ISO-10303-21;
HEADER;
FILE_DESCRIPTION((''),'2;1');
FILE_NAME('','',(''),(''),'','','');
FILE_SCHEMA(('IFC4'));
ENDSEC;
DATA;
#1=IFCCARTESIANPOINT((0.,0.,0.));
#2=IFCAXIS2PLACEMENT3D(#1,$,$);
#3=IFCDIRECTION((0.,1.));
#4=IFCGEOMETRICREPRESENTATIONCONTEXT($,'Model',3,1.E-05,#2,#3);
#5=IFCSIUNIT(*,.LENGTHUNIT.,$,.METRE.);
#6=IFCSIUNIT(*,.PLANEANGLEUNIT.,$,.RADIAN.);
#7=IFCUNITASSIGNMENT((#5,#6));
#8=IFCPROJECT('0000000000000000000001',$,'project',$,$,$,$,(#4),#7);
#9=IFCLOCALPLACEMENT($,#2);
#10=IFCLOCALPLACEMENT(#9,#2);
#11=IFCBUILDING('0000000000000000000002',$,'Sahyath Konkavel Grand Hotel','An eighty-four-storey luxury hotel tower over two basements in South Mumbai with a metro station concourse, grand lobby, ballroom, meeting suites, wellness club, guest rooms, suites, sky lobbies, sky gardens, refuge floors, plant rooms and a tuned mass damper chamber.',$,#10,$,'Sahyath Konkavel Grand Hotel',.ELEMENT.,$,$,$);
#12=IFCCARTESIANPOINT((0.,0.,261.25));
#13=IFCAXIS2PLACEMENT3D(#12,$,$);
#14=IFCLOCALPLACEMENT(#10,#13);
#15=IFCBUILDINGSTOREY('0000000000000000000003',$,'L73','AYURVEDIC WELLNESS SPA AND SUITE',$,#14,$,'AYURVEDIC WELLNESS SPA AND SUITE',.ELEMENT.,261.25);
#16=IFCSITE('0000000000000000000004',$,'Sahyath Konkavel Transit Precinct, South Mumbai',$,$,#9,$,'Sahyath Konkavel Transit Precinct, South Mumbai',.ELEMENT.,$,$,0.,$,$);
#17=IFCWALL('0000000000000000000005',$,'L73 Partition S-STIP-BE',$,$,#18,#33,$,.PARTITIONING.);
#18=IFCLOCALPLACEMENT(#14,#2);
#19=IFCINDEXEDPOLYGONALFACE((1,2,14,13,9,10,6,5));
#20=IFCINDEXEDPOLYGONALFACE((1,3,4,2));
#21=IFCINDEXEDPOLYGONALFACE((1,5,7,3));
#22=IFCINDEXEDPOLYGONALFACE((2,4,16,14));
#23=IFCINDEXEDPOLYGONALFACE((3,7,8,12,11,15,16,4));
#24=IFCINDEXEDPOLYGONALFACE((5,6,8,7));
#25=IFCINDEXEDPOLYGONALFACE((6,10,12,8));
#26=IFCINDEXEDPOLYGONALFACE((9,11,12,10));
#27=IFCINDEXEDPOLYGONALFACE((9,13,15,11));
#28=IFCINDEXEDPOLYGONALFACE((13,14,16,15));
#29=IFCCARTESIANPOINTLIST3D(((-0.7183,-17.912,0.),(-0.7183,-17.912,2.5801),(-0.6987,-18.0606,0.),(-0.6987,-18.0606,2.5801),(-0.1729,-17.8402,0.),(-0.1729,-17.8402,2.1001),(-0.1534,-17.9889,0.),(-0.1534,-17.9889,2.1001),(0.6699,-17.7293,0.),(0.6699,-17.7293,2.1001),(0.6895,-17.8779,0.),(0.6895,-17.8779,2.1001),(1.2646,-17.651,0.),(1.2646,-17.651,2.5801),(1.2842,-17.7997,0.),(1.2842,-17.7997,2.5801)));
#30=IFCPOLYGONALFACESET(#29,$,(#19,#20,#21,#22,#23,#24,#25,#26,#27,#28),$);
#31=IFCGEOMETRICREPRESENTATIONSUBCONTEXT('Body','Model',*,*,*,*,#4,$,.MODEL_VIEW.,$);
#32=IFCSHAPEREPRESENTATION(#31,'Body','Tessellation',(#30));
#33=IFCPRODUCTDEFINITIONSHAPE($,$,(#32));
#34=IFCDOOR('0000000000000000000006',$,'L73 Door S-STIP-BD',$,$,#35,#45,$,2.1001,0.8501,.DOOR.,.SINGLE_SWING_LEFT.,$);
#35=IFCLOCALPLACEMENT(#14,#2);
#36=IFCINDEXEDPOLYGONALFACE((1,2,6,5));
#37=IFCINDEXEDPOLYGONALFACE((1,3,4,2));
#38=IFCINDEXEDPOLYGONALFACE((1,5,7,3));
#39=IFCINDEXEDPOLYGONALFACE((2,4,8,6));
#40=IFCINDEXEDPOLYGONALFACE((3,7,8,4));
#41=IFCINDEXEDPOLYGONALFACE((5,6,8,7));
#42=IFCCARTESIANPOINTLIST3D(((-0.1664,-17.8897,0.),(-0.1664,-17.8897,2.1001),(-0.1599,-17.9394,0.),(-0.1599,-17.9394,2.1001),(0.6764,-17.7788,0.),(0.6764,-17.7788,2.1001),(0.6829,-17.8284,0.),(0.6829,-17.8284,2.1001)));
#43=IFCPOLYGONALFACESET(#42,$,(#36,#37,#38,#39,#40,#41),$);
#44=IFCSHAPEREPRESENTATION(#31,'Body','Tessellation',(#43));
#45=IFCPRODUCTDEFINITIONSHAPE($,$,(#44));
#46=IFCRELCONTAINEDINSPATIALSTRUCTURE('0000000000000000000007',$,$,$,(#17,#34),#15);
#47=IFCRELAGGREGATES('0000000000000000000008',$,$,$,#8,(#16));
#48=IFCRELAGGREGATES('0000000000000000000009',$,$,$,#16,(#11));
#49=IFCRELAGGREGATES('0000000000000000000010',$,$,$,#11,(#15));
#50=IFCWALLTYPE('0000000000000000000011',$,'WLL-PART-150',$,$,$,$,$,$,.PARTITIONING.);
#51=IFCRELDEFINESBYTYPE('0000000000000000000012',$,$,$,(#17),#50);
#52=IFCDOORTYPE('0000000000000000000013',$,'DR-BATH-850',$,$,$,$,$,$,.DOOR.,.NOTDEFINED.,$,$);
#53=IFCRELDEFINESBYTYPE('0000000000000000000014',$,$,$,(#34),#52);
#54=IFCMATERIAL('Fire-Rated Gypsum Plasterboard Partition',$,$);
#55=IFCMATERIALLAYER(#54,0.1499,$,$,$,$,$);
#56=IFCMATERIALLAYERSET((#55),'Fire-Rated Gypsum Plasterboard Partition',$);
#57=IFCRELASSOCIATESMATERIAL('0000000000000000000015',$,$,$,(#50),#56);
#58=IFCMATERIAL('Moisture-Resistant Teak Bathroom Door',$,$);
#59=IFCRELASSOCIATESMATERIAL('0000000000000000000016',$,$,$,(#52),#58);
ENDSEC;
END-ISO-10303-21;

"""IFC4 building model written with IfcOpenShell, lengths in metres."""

from ifc_helpers import new_model, si_unit, direction, frame, frame_2d, origin, origin_2d, place, context, subcontext, project, spatial, rectangle, extrude, source, transform, mapped, material, layer, layer_set, type_object, element, fill, save


model = new_model("IFC4")

# Units and contexts
model_context = context("Model", 3, precision=1e-05, world=origin(), true_north=direction((0.0, 1.0)))
body_context = subcontext(model_context, "Body", "Model", "MODEL_VIEW")
ifc_project = project(units=[si_unit("LENGTHUNIT", "METRE"), si_unit("PLANEANGLEUNIT", "RADIAN")], contexts=[model_context])

# Site, building, storey
site_placement = place(None, origin())
site = spatial("IfcSite", under=ifc_project, at=site_placement, Name="Sahyath Konkavel Transit Precinct, South Mumbai", LongName="Sahyath Konkavel Transit Precinct, South Mumbai", CompositionType="ELEMENT", RefElevation=0.0)
building_placement = place(site_placement, origin())
building = spatial("IfcBuilding", under=site, at=building_placement, Name="Sahyath Konkavel Grand Hotel", Description="An eighty-four-storey luxury hotel tower over two basements in South Mumbai with a metro station concourse, grand lobby, ballroom, meeting suites, wellness club, guest rooms, suites, sky lobbies, sky gardens, refuge floors, plant rooms and a tuned mass damper chamber.", LongName="Sahyath Konkavel Grand Hotel", CompositionType="ELEMENT")
storey_placement = place(building_placement, frame((0.0, 0.0, 261.25)))
storey = spatial("IfcBuildingStorey", under=building, at=storey_placement, Name="L73", Description="AYURVEDIC WELLNESS SPA AND SUITE", LongName="AYURVEDIC WELLNESS SPA AND SUITE", CompositionType="ELEMENT", Elevation=261.25)

# Shared definitions
shared_shape_1 = source(origin(), body_context, "Body", "SweptSolid", [
    extrude(rectangle(XDim=0.8501, YDim=0.05, at=origin_2d()), origin(), (0.0, 0.0, 1.0), 2.1001),
])

# Shared definitions
ifc_material_1 = material(Name="Fire-Rated Gypsum Plasterboard Partition")
ifc_layer_1 = layer(ifc_material_1, 0.1499)
ifc_layer_set_1 = layer_set([ifc_layer_1], Name="Fire-Rated Gypsum Plasterboard Partition")
wall_type_1 = type_object("IfcWallType", Name="WLL-PART-150", PredefinedType="PARTITIONING", material=ifc_layer_set_1)

# Wall, opening, door
wall_1_placement = place(storey_placement, frame((-0.7085, -17.9863, 0.0), z_axis=(0.0, 0.0, 1.0), x_axis=(0.991449, 0.130492, 0.0)))
wall_1 = element("IfcWall", 1, at=wall_1_placement, inside=storey, type_object=wall_type_1, Name="L73 Partition S-STIP-BE", PredefinedType="PARTITIONING", context=body_context, shape_type="SweptSolid", body=[
    extrude(rectangle(XDim=2.0, YDim=0.1499, at=frame_2d((1.0, 0.0))), origin(), (0.0, 0.0, 1.0), 2.5801),
])
opening_1_placement = place(wall_1_placement, frame((0.55, 0.0, 0.0)))
opening_1 = element("IfcOpeningElement", 2, at=opening_1_placement, cuts=wall_1, PredefinedType="OPENING", context=body_context, shape_type="SweptSolid", body=[
    extrude(rectangle(XDim=0.8501, YDim=2.1001, at=frame_2d((0.425, 1.05))), frame((0.0, 0.085, 0.0), z_axis=(0.0, -1.0, 0.0), x_axis=(1.0, 0.0, 0.0)), (0.0, 0.0, 1.0), 0.1699),
])
ifc_material_2 = material(Name="Moisture-Resistant Teak Bathroom Door")
door_type_1 = type_object("IfcDoorType", Name="DR-BATH-850", OperationType="NOTDEFINED", PredefinedType="DOOR", material=ifc_material_2)
door_1_placement = place(opening_1_placement, frame((0.425, 0.0, 0.0)))
door_1 = element("IfcDoor", 3, at=door_1_placement, inside=storey, type_object=door_type_1, Name="L73 Door S-STIP-BD", OperationType="SINGLE_SWING_LEFT", OverallHeight=2.1001, OverallWidth=0.8501, PredefinedType="DOOR", context=body_context, shape_type="MappedRepresentation", body=[
    mapped(shared_shape_1, transform((0.0, 0.0, 0.0), scale=1.0)),
])
fill(opening_1, door_1)

save(model, "model.ifc")
